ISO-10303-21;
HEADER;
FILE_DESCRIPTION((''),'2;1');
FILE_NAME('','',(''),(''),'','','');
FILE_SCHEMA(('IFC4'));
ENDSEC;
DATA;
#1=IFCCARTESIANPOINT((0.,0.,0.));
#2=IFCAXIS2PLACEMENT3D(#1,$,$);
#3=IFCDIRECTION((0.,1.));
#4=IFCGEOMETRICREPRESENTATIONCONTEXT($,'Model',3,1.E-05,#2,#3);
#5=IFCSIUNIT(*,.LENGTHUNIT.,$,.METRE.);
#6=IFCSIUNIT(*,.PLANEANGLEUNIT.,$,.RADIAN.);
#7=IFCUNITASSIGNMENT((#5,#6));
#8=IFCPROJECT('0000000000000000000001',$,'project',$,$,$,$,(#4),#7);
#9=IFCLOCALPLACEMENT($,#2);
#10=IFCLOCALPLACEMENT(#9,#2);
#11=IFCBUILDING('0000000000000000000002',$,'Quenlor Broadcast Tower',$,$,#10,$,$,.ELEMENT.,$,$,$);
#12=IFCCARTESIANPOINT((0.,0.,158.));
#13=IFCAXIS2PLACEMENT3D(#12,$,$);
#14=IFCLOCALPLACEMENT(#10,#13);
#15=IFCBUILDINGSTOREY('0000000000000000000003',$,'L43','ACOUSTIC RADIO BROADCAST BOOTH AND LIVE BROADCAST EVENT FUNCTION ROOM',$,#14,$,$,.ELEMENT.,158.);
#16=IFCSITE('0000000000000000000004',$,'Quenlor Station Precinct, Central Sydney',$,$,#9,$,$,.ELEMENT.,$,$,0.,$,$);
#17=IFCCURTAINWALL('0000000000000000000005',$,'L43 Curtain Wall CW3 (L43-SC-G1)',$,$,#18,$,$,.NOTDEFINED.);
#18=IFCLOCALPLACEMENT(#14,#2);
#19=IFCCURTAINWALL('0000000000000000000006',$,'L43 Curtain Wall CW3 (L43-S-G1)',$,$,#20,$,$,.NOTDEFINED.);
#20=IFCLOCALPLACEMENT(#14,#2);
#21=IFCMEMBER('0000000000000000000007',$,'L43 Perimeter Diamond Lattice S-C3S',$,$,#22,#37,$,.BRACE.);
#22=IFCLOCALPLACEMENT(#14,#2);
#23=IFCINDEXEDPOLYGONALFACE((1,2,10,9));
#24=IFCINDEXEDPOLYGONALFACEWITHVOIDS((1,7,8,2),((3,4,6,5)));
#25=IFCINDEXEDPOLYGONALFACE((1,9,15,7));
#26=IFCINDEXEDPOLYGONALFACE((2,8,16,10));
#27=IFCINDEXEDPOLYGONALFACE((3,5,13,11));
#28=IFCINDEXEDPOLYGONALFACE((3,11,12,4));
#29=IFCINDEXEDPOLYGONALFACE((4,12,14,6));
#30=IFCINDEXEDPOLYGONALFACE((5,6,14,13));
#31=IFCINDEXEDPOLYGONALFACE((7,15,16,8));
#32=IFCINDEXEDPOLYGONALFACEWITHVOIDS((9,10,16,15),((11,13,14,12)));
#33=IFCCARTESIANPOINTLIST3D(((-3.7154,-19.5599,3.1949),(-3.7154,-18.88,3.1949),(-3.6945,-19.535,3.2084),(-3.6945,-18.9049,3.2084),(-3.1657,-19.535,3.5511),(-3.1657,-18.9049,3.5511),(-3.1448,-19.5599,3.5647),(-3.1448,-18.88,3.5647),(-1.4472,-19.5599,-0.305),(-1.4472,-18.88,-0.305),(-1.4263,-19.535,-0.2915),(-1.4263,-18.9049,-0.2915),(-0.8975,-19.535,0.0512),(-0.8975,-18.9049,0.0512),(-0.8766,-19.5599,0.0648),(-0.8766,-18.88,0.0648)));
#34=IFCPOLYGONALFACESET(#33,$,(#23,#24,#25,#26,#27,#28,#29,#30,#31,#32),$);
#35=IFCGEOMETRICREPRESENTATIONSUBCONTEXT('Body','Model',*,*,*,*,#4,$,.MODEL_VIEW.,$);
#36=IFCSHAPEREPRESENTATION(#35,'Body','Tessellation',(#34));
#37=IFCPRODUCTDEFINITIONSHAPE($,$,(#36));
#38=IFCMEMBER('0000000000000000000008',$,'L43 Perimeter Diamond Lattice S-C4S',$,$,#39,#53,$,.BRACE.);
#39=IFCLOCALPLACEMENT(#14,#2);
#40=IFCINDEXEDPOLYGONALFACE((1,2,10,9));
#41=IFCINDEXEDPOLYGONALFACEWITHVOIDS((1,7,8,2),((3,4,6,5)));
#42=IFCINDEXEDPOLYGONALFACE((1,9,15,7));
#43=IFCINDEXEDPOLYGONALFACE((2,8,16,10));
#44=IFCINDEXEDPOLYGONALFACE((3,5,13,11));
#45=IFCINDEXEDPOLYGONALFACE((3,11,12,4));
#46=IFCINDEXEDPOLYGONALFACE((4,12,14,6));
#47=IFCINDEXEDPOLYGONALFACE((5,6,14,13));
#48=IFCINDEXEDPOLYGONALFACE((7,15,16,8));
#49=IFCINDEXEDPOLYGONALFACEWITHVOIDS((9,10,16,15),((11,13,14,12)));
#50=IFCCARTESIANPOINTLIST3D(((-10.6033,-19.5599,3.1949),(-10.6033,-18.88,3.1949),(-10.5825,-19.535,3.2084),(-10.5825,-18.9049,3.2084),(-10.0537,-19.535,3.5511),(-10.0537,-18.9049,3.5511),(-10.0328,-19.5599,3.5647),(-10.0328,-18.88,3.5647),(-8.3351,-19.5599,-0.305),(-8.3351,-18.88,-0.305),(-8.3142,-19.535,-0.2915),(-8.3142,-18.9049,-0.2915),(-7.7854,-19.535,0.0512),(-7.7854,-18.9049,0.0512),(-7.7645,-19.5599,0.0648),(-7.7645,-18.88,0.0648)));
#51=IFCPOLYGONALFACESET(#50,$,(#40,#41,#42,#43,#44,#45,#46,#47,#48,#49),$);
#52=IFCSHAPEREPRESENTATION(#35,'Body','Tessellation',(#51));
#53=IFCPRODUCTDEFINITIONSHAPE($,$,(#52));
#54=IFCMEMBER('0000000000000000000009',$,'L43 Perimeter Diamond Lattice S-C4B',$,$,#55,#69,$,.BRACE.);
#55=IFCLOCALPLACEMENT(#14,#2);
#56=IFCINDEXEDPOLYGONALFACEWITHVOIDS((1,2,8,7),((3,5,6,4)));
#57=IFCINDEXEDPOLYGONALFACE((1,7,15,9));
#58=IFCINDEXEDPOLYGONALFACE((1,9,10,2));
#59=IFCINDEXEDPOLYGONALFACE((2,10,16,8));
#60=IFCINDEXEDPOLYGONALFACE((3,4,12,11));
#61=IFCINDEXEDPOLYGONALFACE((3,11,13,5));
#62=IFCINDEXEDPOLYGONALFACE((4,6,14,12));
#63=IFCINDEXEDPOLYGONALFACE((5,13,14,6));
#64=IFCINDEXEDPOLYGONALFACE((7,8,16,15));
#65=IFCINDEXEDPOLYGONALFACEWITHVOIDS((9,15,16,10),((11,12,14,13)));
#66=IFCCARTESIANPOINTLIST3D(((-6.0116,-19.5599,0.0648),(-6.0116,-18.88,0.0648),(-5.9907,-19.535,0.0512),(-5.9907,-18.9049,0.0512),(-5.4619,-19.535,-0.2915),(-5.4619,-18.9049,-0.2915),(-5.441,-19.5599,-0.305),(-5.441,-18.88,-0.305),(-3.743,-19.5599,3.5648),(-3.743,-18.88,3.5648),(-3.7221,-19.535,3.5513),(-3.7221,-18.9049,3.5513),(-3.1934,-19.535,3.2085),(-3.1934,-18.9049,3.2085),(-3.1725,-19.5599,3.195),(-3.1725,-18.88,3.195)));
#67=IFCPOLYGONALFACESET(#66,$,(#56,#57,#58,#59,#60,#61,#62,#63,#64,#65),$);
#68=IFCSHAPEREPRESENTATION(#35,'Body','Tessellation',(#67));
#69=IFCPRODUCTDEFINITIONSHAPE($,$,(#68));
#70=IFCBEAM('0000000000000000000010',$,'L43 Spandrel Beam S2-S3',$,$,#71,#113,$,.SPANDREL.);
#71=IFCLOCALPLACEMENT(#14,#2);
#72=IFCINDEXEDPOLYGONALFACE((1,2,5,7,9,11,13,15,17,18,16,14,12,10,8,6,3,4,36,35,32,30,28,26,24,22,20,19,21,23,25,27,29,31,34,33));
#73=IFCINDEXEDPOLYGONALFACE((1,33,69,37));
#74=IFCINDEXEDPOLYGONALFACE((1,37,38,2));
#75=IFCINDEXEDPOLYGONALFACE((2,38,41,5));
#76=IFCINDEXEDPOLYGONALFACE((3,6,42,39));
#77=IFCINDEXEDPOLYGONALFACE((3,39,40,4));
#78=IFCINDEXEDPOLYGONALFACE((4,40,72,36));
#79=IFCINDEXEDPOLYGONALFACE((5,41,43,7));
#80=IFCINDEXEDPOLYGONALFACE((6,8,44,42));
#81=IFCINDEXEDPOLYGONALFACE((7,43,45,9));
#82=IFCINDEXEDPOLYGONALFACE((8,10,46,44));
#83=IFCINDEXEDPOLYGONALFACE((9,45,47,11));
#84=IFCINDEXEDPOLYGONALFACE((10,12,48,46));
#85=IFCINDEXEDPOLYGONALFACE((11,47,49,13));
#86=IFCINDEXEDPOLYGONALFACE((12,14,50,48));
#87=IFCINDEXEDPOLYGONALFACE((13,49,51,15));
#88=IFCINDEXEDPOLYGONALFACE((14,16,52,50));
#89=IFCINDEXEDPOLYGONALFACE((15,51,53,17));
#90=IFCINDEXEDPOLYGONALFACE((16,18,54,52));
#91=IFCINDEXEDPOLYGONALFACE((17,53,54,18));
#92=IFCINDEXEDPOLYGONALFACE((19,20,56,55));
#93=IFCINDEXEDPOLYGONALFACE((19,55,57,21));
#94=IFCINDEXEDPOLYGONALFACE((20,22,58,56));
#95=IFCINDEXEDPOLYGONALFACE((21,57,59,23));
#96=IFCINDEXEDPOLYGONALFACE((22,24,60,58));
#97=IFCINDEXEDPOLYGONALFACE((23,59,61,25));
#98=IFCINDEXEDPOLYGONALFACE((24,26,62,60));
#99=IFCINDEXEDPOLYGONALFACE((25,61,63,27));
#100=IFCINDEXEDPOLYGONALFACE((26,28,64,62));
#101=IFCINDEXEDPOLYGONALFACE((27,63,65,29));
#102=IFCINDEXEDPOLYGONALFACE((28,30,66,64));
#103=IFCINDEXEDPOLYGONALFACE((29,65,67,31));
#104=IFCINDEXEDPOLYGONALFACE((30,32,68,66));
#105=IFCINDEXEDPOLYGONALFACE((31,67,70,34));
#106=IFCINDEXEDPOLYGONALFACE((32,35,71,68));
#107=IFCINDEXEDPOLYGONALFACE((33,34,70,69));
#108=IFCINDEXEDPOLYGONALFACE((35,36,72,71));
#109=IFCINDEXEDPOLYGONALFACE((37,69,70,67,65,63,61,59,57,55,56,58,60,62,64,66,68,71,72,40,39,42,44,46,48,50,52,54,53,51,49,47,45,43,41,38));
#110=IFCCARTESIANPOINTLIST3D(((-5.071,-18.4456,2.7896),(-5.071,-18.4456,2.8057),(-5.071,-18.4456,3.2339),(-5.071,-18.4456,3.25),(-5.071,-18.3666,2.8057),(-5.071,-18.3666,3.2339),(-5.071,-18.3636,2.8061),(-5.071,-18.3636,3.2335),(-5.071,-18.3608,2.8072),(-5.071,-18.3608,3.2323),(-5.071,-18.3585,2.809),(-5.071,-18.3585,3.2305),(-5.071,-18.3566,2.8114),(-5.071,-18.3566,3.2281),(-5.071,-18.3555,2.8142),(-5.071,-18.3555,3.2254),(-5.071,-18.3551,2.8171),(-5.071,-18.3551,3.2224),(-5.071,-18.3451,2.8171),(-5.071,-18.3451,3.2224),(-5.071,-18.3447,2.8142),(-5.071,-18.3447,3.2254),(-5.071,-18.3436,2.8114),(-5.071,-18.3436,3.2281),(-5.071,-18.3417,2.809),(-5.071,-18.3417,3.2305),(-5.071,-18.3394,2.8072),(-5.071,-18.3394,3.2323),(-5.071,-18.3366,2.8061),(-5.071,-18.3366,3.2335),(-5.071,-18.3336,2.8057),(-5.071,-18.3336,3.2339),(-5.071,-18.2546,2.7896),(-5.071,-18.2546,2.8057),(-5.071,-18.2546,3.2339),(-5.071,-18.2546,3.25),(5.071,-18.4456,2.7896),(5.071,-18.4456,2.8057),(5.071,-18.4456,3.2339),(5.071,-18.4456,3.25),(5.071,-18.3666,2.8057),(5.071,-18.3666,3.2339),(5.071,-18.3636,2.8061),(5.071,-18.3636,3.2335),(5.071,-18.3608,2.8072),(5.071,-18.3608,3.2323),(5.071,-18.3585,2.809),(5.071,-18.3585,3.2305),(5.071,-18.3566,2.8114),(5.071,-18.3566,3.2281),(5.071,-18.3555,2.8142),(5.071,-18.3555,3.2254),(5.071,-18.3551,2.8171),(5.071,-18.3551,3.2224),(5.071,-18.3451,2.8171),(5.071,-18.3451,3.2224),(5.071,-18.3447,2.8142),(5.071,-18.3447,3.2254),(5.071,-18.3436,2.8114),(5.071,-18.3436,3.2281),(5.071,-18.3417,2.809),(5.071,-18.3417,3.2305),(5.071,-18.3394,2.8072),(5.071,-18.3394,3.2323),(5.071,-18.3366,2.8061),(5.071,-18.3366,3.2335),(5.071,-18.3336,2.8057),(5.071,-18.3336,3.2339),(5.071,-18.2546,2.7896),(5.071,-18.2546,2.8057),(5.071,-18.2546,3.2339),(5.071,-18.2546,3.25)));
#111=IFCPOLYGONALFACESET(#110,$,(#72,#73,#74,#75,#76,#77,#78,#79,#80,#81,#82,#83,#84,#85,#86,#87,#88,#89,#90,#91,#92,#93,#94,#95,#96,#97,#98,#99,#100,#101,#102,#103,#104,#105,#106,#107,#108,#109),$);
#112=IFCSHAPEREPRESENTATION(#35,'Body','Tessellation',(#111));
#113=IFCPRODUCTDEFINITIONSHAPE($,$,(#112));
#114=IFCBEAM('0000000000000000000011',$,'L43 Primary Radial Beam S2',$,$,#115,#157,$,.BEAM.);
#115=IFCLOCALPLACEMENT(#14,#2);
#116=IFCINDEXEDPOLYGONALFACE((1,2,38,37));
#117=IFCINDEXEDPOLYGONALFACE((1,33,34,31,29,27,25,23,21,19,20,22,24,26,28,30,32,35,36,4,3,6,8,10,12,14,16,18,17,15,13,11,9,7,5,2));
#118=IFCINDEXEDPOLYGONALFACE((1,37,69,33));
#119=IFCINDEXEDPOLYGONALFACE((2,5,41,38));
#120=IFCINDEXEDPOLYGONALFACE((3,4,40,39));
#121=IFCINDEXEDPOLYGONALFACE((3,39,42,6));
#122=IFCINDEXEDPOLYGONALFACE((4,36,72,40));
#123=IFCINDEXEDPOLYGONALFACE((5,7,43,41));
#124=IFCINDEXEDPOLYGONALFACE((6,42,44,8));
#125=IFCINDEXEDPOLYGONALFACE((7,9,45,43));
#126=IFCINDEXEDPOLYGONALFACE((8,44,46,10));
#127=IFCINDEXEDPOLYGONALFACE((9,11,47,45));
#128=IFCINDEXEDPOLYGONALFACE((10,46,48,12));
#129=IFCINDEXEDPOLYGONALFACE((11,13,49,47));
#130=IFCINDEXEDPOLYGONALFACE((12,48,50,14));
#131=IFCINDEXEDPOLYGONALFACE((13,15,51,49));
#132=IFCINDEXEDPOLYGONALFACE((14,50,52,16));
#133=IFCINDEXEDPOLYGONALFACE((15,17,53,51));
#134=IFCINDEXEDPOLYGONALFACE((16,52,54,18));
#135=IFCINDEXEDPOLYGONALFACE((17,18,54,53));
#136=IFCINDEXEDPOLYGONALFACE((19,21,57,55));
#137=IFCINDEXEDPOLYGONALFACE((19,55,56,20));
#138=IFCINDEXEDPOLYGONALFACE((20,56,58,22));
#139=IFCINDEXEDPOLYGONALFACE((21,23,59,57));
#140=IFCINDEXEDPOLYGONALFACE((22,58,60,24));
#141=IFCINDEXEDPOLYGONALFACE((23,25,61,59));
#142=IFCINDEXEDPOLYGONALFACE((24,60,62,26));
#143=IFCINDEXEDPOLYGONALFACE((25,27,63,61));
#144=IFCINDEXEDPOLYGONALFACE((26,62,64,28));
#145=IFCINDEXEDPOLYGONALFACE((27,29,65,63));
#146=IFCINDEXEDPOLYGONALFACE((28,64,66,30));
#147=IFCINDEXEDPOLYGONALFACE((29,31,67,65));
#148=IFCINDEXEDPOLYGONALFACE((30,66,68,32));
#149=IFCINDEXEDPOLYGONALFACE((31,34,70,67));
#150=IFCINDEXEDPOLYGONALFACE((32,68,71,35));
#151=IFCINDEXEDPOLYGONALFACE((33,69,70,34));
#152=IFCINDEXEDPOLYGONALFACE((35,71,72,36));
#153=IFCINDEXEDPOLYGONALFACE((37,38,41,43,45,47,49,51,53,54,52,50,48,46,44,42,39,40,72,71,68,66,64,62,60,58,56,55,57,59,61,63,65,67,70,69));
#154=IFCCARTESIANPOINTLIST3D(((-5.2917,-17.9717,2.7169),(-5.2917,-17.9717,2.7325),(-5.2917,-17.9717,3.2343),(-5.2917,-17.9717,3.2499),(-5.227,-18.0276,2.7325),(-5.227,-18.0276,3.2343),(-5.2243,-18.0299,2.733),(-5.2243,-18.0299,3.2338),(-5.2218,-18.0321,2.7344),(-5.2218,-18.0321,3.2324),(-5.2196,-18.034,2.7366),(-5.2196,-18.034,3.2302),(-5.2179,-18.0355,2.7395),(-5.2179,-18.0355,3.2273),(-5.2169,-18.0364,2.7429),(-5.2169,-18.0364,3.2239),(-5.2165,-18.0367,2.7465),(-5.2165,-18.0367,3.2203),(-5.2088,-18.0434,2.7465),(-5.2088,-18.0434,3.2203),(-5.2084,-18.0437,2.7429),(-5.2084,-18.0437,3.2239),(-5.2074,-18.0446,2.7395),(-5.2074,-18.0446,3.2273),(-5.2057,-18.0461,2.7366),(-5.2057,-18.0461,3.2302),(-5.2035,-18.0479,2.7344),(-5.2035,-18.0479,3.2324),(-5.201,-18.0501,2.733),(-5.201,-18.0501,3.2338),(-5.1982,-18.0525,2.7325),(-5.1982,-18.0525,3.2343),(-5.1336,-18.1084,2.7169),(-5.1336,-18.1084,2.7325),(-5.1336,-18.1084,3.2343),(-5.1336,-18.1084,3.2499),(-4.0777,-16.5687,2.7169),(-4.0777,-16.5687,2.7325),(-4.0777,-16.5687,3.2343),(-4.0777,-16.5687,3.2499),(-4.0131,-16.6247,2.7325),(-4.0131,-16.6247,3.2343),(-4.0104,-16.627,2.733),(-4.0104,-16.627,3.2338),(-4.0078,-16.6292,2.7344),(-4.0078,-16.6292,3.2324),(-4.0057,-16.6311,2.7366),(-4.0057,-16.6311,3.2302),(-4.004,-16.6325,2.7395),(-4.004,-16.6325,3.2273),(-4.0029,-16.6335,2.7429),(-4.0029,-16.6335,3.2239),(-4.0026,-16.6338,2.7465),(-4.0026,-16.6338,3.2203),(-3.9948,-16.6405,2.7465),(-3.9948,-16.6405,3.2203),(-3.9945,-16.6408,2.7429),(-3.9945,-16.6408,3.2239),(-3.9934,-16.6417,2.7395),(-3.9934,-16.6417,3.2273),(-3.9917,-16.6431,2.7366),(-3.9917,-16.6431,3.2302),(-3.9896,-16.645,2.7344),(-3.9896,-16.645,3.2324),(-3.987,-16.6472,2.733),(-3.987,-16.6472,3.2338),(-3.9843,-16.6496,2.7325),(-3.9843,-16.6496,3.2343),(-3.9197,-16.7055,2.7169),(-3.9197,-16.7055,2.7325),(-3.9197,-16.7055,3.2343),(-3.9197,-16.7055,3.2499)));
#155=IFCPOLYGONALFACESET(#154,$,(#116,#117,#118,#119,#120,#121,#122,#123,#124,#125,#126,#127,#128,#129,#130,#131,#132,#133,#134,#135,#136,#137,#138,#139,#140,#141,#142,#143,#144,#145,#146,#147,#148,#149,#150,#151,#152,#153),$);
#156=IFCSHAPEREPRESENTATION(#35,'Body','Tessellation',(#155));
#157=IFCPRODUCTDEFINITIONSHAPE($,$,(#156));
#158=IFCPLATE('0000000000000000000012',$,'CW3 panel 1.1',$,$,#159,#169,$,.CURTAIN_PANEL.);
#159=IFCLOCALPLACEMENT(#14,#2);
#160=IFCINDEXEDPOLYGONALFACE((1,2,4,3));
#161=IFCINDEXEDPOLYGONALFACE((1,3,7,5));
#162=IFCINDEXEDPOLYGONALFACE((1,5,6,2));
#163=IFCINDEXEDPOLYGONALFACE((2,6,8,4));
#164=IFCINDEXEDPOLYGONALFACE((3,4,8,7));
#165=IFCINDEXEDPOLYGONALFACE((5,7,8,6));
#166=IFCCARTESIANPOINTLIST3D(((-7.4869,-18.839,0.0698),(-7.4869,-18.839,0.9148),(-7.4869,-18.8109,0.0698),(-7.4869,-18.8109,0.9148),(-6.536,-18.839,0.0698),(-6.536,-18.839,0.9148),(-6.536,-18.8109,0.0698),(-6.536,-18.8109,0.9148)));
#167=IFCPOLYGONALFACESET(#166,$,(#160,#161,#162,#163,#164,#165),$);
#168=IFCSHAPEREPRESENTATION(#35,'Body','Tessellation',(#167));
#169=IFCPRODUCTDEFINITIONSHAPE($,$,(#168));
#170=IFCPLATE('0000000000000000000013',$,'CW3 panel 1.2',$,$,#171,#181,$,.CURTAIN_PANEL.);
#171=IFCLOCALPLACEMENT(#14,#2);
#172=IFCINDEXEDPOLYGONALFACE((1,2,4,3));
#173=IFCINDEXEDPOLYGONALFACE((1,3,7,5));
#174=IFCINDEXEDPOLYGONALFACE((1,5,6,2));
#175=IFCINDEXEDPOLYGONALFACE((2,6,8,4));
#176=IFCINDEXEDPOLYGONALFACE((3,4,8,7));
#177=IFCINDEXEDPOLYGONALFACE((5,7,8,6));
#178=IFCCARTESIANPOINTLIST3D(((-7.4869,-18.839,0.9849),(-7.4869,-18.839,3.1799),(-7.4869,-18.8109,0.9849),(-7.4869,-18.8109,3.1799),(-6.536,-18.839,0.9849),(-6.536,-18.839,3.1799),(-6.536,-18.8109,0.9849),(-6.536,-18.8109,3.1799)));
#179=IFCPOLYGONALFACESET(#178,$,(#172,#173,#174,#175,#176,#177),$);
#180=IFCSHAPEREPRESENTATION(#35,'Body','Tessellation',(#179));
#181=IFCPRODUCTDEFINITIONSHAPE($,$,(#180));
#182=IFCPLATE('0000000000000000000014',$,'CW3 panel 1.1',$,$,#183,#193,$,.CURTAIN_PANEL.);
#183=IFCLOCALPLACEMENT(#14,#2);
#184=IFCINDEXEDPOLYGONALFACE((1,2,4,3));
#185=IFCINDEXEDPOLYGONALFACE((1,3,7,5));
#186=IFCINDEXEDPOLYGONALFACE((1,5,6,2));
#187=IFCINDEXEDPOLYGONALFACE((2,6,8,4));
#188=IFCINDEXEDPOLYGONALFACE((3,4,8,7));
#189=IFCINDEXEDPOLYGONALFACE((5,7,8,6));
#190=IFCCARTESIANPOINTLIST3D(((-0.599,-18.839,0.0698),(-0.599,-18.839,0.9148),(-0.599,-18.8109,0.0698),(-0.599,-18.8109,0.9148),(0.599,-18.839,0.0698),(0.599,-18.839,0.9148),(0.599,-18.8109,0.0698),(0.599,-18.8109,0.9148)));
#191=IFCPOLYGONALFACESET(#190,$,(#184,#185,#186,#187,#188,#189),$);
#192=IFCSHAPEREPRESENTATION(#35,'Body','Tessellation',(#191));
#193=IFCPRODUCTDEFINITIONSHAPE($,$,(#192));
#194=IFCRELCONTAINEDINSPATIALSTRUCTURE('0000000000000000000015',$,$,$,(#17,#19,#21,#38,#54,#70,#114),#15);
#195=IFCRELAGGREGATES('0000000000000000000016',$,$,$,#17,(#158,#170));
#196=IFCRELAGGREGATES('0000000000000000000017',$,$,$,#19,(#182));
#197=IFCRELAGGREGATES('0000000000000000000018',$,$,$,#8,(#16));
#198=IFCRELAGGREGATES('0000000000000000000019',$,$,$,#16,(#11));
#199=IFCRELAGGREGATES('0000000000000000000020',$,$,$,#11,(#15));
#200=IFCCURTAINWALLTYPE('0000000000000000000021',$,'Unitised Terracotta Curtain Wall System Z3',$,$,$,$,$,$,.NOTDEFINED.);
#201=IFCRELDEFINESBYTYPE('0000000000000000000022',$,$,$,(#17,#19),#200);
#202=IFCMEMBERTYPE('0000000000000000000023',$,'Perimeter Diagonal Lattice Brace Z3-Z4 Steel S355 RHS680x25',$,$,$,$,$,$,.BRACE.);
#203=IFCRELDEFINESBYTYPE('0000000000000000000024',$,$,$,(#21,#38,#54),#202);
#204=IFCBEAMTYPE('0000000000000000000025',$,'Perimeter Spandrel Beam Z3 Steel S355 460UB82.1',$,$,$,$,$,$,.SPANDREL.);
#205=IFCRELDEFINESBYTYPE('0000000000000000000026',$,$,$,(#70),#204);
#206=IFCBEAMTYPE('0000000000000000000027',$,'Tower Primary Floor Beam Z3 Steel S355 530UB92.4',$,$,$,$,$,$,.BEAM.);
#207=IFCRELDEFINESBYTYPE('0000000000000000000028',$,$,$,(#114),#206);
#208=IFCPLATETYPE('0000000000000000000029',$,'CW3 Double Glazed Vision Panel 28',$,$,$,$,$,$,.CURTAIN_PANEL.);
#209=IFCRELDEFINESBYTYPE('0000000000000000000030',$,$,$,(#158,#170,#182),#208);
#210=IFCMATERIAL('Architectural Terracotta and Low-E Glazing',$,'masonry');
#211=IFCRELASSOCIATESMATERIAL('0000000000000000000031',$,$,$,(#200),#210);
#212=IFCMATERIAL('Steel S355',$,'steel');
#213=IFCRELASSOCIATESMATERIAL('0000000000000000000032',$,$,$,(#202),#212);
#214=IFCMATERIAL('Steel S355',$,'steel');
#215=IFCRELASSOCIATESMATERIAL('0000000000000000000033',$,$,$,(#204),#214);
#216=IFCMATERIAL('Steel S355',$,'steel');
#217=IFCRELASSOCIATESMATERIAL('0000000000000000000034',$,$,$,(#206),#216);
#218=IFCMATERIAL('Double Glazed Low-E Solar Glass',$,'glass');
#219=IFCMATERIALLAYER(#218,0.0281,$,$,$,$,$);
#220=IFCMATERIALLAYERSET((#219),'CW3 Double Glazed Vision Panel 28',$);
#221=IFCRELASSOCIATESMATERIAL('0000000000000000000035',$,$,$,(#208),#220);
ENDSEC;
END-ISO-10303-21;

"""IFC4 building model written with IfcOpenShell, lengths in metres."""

from ifc_helpers import new_model, si_unit, direction, frame, origin, origin_2d, place, context, subcontext, project, spatial, rectangle, hollow_rectangle, i_section, extrude, material, layer, layer_set, material_profile, profile_set, type_object, element, aggregate, save


model = new_model("IFC4")

# Units and contexts
model_context = context("Model", 3, precision=1e-05, world=origin(), true_north=direction((0.0, 1.0)))
body_context = subcontext(model_context, "Body", "Model", "MODEL_VIEW")
ifc_project = project(units=[si_unit("LENGTHUNIT", "METRE"), si_unit("PLANEANGLEUNIT", "RADIAN")], contexts=[model_context])

# Site, building, storey
site_placement = place(None, origin())
site = spatial("IfcSite", under=ifc_project, at=site_placement, Name="Quenlor Station Precinct, Central Sydney", CompositionType="ELEMENT", RefElevation=0.0)
building_placement = place(site_placement, origin())
building = spatial("IfcBuilding", under=site, at=building_placement, Name="Quenlor Broadcast Tower", CompositionType="ELEMENT")
storey_placement = place(building_placement, frame((0.0, 0.0, 158.0)))
storey = spatial("IfcBuildingStorey", under=building, at=storey_placement, Name="L43", Description="ACOUSTIC RADIO BROADCAST BOOTH AND LIVE BROADCAST EVENT FUNCTION ROOM", CompositionType="ELEMENT", Elevation=158.0)

# Curtain wall
ifc_material_1 = material(Name="Architectural Terracotta and Low-E Glazing", Category="masonry")
curtain_wall_type = type_object("IfcCurtainWallType", Name="Unitised Terracotta Curtain Wall System Z3", PredefinedType="NOTDEFINED", material=ifc_material_1)
curtain_wall_1_placement = place(storey_placement, origin())
curtain_wall_1 = element("IfcCurtainWall", 1, at=curtain_wall_1_placement, inside=storey, type_object=curtain_wall_type, Name="L43 Curtain Wall CW3 (L43-SC-G1)", PredefinedType="NOTDEFINED")

# Curtain wall
curtain_wall_2_placement = place(storey_placement, origin())
curtain_wall_2 = element("IfcCurtainWall", 2, at=curtain_wall_2_placement, inside=storey, type_object=curtain_wall_type, Name="L43 Curtain Wall CW3 (L43-S-G1)", PredefinedType="NOTDEFINED")

# Members
ifc_material_2 = material(Name="Steel S355", Category="steel")
ifc_material_profile_1 = material_profile(ifc_material_2, hollow_rectangle(XDim=0.6799, YDim=0.6799, WallThickness=0.0249, at=origin_2d()))
ifc_profile_set_1 = profile_set([ifc_material_profile_1], Name="Steel S355 RHS680x680x25")
member_type_1 = type_object("IfcMemberType", Name="Perimeter Diagonal Lattice Brace Z3-Z4 Steel S355 RHS680x25", PredefinedType="BRACE", material=ifc_profile_set_1)
for number, where, z_axis, x_axis, name in (
    (3, (-1.1619, -19.22, -0.1201), (-0.54386, 0.0, 0.839176), (0.0, -1.0, 0.0), "L43 Perimeter Diamond Lattice S-C3S"),
    (4, (-8.0498, -19.22, -0.1201), (-0.54386, 0.0, 0.839176), (0.0, -1.0, 0.0), "L43 Perimeter Diamond Lattice S-C4S"),
):
    element("IfcMember", number, at=place(storey_placement, frame(where, z_axis=z_axis, x_axis=x_axis)), inside=storey, type_object=member_type_1, Name=name, PredefinedType="BRACE", context=body_context, shape_type="SweptSolid", body=[
        extrude(hollow_rectangle(XDim=0.6799, YDim=0.6799, WallThickness=0.0249, at=origin_2d()), origin(), (0.0, 0.0, 1.0), 4.1707),
    ])
member_1_placement = place(storey_placement, frame((-5.7263, -19.22, -0.1201), z_axis=(0.543902, 0.0, 0.839149), x_axis=(0.0, 1.0, 0.0)))
element("IfcMember", 5, at=member_1_placement, inside=storey, type_object=member_type_1, Name="L43 Perimeter Diamond Lattice S-C4B", PredefinedType="BRACE", context=body_context, shape_type="SweptSolid", body=[
    extrude(hollow_rectangle(XDim=0.6799, YDim=0.6799, WallThickness=0.0249, at=origin_2d()), origin(), (0.0, 0.0, 1.0), 4.1709),
])

# Beams
ifc_material_3 = material(Name="Steel S355", Category="steel")
ifc_material_profile_2 = material_profile(ifc_material_3, i_section(OverallWidth=0.1909, OverallDepth=0.4604, WebThickness=0.01, FlangeThickness=0.0161, FilletRadius=0.0115, at=origin_2d()))
ifc_profile_set_2 = profile_set([ifc_material_profile_2], Name="Steel S355 460UB82.1")
beam_type_1 = type_object("IfcBeamType", Name="Perimeter Spandrel Beam Z3 Steel S355 460UB82.1", PredefinedType="SPANDREL", material=ifc_profile_set_2)
beam_1_placement = place(storey_placement, frame((-5.071, -18.3501, 3.0198), z_axis=(1.0, 0.0, 0.0), x_axis=(0.0, 1.0, 0.0)))
element("IfcBeam", 6, at=beam_1_placement, inside=storey, type_object=beam_type_1, Name="L43 Spandrel Beam S2-S3", PredefinedType="SPANDREL", context=body_context, shape_type="SweptSolid", body=[
    extrude(i_section(OverallWidth=0.1909, OverallDepth=0.4604, WebThickness=0.01, FlangeThickness=0.0161, FilletRadius=0.0115, at=origin_2d()), origin(), (0.0, 0.0, 1.0), 10.1421),
])
ifc_material_4 = material(Name="Steel S355", Category="steel")
ifc_material_profile_3 = material_profile(ifc_material_4, i_section(OverallWidth=0.209, OverallDepth=0.533, WebThickness=0.0103, FlangeThickness=0.0156, FilletRadius=0.0139, at=origin_2d()))
ifc_profile_set_3 = profile_set([ifc_material_profile_3], Name="Steel S355 530UB92.4")
beam_type_2 = type_object("IfcBeamType", Name="Tower Primary Floor Beam Z3 Steel S355 530UB92.4", PredefinedType="BEAM", material=ifc_profile_set_3)
beam_2_placement = place(storey_placement, frame((-5.2126, -18.04, 2.9834), z_axis=(0.654339, 0.756201, 0.0), x_axis=(-0.756201, 0.654339, 0.0)))
element("IfcBeam", 7, at=beam_2_placement, inside=storey, type_object=beam_type_2, Name="L43 Primary Radial Beam S2", PredefinedType="BEAM", context=body_context, shape_type="SweptSolid", body=[
    extrude(i_section(OverallWidth=0.209, OverallDepth=0.533, WebThickness=0.0103, FlangeThickness=0.0156, FilletRadius=0.0139, at=origin_2d()), origin(), (0.0, 0.0, 1.0), 1.8552),
])

# Plates
ifc_material_5 = material(Name="Double Glazed Low-E Solar Glass", Category="glass")
ifc_layer_1 = layer(ifc_material_5, 0.0281)
ifc_layer_set_1 = layer_set([ifc_layer_1], Name="CW3 Double Glazed Vision Panel 28")
plate_type_1 = type_object("IfcPlateType", Name="CW3 Double Glazed Vision Panel 28", PredefinedType="CURTAIN_PANEL", material=ifc_layer_set_1)
plate_1_placement = place(storey_placement, frame((-7.0115, -18.825, 0.0698), z_axis=(0.0, 0.0, 1.0), x_axis=(-1.0, 0.0, 0.0)))
plate_1 = element("IfcPlate", 8, at=plate_1_placement, type_object=plate_type_1, Name="CW3 panel 1.1", PredefinedType="CURTAIN_PANEL", context=body_context, shape_type="SweptSolid", body=[
    extrude(rectangle(XDim=0.9509, YDim=0.0281, at=origin_2d()), origin(), (0.0, 0.0, 1.0), 0.845),
])
plate_2_placement = place(storey_placement, frame((-7.0115, -18.825, 0.9849), z_axis=(0.0, 0.0, 1.0), x_axis=(-1.0, 0.0, 0.0)))
plate_2 = element("IfcPlate", 9, at=plate_2_placement, type_object=plate_type_1, Name="CW3 panel 1.2", PredefinedType="CURTAIN_PANEL", context=body_context, shape_type="SweptSolid", body=[
    extrude(rectangle(XDim=0.9509, YDim=0.0281, at=origin_2d()), origin(), (0.0, 0.0, 1.0), 2.1951),
])
aggregate(curtain_wall_1, [plate_1, plate_2])
plate_3_placement = place(storey_placement, frame((0.0, -18.825, 0.0698), z_axis=(0.0, 0.0, 1.0), x_axis=(-1.0, 0.0, 0.0)))
plate_3 = element("IfcPlate", 10, at=plate_3_placement, type_object=plate_type_1, Name="CW3 panel 1.1", PredefinedType="CURTAIN_PANEL", context=body_context, shape_type="SweptSolid", body=[
    extrude(rectangle(XDim=1.198, YDim=0.0281, at=origin_2d()), origin(), (0.0, 0.0, 1.0), 0.845),
])
aggregate(curtain_wall_2, [plate_3])

save(model, "model.ifc")
